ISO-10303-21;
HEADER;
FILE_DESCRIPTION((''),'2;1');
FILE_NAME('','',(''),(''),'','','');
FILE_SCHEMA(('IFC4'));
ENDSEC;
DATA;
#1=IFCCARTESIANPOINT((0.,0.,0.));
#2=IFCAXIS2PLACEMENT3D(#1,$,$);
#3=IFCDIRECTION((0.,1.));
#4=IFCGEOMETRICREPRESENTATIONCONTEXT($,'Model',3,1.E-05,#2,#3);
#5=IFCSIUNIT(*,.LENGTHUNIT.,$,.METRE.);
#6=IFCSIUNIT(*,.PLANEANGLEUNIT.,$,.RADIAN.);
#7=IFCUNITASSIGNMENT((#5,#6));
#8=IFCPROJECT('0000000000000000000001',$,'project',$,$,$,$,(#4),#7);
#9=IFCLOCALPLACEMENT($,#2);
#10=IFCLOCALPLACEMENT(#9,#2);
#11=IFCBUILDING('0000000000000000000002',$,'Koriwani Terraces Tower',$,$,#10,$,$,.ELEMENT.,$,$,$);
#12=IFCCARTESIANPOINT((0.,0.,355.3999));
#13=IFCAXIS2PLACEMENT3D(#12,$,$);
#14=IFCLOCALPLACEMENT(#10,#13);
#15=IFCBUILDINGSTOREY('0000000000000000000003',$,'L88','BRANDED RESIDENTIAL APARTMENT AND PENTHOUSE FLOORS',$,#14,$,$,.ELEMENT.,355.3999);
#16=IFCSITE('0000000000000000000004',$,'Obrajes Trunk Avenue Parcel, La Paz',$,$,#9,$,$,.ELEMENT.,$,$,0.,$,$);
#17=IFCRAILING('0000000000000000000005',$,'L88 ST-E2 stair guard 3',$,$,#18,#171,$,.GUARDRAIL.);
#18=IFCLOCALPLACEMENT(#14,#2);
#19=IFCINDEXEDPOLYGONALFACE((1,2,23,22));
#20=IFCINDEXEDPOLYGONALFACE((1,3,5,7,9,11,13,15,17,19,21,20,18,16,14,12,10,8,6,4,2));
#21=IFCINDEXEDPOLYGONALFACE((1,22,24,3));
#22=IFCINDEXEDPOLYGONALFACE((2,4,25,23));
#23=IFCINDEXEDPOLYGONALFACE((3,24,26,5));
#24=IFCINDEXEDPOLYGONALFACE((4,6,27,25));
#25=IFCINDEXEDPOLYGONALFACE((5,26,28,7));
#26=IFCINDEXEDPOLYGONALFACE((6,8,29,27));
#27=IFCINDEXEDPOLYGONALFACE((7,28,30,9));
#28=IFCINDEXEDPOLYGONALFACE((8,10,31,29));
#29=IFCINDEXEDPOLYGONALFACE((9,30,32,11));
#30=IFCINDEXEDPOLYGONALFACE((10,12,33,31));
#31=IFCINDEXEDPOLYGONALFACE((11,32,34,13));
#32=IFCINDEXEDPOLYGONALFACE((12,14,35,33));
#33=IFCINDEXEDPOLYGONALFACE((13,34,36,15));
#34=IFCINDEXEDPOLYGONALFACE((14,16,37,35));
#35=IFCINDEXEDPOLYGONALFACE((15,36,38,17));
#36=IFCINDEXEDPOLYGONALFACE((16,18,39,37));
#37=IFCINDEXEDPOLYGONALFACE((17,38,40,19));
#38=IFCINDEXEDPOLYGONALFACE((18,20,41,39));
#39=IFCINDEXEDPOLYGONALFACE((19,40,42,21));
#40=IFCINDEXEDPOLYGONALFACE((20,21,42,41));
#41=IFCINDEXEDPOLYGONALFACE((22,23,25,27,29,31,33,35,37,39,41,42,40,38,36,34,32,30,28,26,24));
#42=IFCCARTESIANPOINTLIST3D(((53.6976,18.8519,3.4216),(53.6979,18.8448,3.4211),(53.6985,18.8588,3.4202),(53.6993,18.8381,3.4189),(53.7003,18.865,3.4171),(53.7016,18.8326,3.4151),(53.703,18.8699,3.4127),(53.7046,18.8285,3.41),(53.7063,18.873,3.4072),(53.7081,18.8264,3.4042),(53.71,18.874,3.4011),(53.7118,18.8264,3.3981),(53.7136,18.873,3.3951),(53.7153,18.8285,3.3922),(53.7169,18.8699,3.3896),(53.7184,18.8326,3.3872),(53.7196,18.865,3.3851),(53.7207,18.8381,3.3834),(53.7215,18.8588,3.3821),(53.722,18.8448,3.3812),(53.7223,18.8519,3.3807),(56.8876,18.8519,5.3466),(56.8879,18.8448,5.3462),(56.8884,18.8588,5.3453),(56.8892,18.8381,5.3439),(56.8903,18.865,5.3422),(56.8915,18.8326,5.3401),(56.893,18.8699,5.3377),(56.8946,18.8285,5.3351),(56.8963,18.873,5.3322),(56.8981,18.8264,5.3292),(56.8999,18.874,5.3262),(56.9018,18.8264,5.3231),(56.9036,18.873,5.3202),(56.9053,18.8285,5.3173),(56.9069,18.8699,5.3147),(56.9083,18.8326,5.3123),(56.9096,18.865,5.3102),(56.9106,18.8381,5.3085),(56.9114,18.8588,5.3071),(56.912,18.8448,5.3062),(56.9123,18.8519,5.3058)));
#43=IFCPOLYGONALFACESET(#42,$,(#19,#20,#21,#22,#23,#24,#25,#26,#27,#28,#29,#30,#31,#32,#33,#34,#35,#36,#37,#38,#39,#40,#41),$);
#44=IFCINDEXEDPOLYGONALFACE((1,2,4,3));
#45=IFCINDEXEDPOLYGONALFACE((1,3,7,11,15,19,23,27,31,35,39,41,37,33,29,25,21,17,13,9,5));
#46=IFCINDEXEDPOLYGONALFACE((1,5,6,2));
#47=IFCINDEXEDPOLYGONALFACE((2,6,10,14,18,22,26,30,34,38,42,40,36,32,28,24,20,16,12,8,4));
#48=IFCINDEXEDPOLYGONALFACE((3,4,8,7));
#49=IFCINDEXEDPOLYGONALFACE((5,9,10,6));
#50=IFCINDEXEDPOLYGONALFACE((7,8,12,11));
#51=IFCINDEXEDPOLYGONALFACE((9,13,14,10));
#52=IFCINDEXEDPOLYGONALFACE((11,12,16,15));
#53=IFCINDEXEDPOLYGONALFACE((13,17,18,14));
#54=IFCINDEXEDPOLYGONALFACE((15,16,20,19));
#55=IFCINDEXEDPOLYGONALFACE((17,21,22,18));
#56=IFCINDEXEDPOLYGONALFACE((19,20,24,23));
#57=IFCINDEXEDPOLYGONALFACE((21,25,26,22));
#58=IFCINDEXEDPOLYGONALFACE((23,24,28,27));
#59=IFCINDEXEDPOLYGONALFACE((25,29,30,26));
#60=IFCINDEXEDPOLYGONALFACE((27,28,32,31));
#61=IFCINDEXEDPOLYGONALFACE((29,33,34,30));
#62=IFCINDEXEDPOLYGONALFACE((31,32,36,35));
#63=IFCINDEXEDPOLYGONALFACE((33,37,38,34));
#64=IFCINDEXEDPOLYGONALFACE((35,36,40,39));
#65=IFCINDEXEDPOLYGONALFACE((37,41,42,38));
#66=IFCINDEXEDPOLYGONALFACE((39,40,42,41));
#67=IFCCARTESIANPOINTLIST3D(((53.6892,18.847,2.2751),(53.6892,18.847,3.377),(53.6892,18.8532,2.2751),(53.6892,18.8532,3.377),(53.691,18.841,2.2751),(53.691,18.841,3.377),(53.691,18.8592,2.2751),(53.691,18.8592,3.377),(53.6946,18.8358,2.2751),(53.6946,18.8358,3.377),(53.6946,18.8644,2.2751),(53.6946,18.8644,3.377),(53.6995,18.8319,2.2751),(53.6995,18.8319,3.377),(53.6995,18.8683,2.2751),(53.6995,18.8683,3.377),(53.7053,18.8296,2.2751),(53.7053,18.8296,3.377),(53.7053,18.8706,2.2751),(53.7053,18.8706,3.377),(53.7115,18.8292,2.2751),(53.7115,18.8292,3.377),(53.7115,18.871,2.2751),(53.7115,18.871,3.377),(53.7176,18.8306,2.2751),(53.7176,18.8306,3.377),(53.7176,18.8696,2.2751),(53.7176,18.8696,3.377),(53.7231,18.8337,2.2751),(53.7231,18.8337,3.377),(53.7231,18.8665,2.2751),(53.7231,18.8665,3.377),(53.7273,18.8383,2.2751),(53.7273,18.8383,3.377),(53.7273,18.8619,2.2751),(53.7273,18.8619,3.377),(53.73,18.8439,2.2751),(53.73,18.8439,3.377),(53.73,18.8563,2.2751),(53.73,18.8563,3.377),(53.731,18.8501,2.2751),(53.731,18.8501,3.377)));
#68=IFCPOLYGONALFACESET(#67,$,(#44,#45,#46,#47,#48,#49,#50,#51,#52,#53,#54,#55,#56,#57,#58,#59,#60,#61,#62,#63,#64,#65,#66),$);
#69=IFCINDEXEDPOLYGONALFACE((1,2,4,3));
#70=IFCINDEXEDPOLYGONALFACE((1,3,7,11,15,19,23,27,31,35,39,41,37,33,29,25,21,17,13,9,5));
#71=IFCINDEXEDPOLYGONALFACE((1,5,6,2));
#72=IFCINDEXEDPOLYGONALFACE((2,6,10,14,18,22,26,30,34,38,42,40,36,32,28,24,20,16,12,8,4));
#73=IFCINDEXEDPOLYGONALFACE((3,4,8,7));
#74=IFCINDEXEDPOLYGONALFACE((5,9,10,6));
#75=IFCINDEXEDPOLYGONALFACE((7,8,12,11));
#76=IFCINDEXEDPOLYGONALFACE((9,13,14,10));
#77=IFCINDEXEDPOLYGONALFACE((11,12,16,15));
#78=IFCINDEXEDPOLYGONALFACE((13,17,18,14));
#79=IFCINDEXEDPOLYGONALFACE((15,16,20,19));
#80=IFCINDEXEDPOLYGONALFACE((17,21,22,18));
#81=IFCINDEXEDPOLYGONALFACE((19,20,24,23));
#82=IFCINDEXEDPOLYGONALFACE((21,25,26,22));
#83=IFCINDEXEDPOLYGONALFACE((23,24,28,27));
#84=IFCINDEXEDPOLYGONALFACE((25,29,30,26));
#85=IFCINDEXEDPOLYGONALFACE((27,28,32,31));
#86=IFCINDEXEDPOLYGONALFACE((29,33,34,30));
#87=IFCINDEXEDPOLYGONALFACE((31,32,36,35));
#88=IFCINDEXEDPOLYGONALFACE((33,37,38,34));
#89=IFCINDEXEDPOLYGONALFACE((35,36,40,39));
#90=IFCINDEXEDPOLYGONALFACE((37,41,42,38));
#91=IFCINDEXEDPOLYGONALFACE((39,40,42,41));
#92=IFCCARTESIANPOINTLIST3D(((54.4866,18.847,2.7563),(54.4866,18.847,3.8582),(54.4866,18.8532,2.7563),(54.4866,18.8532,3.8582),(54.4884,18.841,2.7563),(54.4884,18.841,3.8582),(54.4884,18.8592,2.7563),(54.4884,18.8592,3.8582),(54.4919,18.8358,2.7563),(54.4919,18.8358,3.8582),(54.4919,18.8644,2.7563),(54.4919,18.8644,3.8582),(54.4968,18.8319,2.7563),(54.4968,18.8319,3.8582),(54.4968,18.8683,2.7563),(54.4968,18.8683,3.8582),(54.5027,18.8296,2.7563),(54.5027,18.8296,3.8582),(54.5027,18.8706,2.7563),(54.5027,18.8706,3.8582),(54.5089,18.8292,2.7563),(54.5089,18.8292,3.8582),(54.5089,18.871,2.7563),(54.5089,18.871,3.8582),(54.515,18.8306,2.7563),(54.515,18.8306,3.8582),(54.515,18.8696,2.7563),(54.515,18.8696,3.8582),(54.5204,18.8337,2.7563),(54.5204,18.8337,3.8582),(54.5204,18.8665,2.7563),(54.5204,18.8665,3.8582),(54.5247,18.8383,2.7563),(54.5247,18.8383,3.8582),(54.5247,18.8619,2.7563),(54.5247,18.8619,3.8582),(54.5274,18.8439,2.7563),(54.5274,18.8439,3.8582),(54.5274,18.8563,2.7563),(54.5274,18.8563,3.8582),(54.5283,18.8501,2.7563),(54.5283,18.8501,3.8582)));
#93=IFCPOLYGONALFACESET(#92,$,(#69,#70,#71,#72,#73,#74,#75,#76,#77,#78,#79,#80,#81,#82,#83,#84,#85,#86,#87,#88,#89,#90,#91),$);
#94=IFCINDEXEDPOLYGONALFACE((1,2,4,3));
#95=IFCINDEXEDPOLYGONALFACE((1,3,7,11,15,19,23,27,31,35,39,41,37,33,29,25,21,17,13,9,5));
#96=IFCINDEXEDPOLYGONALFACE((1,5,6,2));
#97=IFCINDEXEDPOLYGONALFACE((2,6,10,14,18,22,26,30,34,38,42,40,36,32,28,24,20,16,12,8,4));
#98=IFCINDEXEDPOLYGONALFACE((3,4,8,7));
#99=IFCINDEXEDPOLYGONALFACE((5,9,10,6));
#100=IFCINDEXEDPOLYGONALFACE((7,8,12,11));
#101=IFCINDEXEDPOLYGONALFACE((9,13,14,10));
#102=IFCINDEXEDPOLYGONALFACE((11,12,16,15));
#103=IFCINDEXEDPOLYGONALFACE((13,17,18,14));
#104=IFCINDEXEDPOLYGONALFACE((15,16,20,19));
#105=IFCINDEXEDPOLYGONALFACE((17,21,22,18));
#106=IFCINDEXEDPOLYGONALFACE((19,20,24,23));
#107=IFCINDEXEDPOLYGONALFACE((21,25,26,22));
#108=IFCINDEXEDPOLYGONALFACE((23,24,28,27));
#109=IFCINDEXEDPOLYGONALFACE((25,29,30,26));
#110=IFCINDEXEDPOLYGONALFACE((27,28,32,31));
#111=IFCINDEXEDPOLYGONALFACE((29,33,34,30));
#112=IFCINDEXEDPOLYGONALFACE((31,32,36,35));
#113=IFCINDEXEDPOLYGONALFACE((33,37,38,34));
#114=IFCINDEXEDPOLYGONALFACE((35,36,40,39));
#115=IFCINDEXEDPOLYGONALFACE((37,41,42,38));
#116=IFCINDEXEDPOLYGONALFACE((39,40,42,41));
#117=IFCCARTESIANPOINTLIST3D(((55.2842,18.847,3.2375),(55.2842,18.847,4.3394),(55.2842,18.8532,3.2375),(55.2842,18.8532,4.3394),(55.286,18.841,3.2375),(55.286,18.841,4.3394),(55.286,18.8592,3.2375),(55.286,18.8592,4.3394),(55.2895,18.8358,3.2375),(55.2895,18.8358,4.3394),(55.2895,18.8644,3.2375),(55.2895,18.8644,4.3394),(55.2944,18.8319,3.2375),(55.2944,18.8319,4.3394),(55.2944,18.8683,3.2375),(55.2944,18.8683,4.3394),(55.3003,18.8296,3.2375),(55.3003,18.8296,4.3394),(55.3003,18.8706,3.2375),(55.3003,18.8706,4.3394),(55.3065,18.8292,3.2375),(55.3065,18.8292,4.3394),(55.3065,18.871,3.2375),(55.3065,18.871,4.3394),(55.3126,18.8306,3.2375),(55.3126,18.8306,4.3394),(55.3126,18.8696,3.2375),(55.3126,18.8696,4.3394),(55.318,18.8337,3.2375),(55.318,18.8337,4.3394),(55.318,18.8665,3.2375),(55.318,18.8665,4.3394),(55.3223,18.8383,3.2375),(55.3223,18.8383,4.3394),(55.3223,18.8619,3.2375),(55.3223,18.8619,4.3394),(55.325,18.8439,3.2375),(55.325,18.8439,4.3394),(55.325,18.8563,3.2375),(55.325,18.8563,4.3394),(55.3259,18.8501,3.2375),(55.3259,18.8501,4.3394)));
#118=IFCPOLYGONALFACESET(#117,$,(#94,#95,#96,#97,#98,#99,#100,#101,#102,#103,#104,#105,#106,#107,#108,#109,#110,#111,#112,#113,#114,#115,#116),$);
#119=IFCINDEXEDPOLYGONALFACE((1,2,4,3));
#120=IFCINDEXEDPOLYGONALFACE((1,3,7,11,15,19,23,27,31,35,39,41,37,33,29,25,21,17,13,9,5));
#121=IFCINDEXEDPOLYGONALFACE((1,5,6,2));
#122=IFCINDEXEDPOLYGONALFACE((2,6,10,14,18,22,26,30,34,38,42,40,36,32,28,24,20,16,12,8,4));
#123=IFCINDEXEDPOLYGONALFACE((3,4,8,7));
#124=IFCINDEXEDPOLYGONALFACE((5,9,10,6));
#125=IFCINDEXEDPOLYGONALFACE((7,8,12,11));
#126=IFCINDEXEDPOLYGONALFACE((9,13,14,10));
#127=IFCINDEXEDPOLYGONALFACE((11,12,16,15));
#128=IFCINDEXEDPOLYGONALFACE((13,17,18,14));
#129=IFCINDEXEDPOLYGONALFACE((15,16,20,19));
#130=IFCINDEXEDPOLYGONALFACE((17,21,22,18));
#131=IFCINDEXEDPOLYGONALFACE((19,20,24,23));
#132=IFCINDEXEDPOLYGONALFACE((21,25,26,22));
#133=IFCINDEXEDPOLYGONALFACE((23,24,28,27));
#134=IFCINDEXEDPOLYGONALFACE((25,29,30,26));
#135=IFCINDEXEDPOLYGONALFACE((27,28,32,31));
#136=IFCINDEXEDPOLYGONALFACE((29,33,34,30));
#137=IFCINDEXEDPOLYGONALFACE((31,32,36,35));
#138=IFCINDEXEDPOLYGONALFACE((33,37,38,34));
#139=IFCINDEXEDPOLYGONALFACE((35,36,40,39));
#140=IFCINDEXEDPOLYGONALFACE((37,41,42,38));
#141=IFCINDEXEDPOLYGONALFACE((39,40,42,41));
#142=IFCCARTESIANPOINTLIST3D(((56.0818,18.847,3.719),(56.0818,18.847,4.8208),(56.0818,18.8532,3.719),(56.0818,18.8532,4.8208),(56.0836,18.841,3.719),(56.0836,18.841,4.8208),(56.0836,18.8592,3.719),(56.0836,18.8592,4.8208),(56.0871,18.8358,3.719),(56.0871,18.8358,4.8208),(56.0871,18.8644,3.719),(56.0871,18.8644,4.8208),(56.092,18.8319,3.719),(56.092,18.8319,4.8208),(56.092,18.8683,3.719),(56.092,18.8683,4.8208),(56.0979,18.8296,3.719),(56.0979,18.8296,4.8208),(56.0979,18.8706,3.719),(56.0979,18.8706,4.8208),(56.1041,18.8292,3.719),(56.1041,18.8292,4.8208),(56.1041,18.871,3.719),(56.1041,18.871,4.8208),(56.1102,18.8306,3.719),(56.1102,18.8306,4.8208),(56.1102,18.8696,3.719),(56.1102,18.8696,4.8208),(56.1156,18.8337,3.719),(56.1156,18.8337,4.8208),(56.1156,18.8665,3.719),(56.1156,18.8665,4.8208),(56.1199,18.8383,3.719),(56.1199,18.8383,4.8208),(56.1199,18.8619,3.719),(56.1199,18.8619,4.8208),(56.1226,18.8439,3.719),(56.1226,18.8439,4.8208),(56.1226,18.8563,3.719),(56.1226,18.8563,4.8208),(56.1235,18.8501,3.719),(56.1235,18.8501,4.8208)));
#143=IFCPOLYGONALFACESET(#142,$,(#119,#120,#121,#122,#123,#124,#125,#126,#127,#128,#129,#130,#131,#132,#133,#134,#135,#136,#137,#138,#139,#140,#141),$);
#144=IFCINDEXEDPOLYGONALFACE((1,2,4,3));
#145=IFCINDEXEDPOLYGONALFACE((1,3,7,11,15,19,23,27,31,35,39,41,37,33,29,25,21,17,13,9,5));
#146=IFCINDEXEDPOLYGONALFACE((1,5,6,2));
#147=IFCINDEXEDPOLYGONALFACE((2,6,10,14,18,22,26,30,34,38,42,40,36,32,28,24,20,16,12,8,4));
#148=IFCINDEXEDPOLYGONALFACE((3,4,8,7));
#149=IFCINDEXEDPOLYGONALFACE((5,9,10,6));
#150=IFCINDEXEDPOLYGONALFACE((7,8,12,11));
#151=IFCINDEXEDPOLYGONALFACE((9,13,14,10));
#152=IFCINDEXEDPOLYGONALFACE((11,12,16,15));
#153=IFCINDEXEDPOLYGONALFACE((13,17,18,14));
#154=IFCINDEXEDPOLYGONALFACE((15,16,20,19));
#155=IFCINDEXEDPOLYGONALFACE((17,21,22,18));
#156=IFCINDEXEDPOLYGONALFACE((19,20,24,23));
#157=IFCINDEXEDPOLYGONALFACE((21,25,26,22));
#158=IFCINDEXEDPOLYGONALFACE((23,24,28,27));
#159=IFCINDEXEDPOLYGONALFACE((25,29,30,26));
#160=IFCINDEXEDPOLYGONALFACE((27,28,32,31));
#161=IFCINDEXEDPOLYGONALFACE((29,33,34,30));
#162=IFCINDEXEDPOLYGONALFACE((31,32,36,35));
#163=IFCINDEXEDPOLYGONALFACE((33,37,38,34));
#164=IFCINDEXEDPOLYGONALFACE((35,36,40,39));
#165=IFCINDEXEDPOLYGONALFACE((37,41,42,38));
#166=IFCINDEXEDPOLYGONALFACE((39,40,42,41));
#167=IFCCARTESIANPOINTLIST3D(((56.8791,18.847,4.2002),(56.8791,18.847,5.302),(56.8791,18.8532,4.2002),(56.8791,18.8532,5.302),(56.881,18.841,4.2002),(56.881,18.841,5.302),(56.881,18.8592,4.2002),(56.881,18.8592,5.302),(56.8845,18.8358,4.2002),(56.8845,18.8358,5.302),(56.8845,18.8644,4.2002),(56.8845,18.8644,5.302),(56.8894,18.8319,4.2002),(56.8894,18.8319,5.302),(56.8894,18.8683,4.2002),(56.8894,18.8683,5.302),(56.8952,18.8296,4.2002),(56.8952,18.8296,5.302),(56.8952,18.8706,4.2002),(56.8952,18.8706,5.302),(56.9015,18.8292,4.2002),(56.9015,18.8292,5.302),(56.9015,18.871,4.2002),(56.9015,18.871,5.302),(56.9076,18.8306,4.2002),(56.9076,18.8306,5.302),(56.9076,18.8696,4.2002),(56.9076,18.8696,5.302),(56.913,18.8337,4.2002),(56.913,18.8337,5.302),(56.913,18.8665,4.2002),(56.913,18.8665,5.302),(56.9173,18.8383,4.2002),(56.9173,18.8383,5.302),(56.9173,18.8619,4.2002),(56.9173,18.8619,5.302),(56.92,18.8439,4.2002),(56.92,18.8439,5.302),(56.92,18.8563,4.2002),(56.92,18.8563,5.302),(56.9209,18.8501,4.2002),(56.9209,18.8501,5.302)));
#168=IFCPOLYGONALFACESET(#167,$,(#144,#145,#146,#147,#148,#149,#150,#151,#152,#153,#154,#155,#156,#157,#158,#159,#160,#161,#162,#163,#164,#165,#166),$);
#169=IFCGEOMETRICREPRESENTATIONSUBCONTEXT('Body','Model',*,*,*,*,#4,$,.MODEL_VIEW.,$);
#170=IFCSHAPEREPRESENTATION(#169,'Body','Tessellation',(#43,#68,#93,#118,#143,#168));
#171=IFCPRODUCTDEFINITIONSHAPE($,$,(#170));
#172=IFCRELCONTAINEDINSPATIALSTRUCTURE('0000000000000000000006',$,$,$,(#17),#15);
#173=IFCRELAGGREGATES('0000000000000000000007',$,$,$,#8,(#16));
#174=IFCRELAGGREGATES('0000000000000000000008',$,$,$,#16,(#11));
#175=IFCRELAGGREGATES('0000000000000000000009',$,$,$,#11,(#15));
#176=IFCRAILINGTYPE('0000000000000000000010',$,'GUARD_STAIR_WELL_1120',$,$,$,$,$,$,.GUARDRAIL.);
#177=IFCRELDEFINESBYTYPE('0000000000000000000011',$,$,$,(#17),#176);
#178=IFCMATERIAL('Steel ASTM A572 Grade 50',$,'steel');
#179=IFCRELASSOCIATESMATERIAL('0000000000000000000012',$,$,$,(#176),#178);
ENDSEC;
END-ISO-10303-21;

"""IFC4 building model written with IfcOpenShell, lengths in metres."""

from ifc_helpers import new_model, si_unit, direction, frame, origin, origin_2d, place, context, subcontext, project, spatial, circle, extrude, material, type_object, element, save


model = new_model("IFC4")

# Units and contexts
model_context = context("Model", 3, precision=1e-05, world=origin(), true_north=direction((0.0, 1.0)))
body_context = subcontext(model_context, "Body", "Model", "MODEL_VIEW")
ifc_project = project(units=[si_unit("LENGTHUNIT", "METRE"), si_unit("PLANEANGLEUNIT", "RADIAN")], contexts=[model_context])

# Site, building, storey
site_placement = place(None, origin())
site = spatial("IfcSite", under=ifc_project, at=site_placement, Name="Obrajes Trunk Avenue Parcel, La Paz", CompositionType="ELEMENT", RefElevation=0.0)
building_placement = place(site_placement, origin())
building = spatial("IfcBuilding", under=site, at=building_placement, Name="Koriwani Terraces Tower", CompositionType="ELEMENT")
storey_placement = place(building_placement, frame((0.0, 0.0, 355.3999)))
storey = spatial("IfcBuildingStorey", under=building, at=storey_placement, Name="L88", Description="BRANDED RESIDENTIAL APARTMENT AND PENTHOUSE FLOORS", CompositionType="ELEMENT", Elevation=355.3999)

# Shared definitions
ifc_material_1 = material(Name="Steel ASTM A572 Grade 50", Category="steel")

# Railing
railing_type_1 = type_object("IfcRailingType", Name="GUARD_STAIR_WELL_1120", PredefinedType="GUARDRAIL", material=ifc_material_1)
railing_1_placement = place(storey_placement, frame((53.71, 18.8501, 2.2751)))
element("IfcRailing", 1, at=railing_1_placement, inside=storey, type_object=railing_type_1, Name="L88 ST-E2 stair guard 3", PredefinedType="GUARDRAIL", context=body_context, shape_type="SweptSolid", body=[
    extrude(circle(Radius=0.0239, at=origin_2d()), frame((0.0, 0.0, 1.126), z_axis=(0.856178, 0.0, 0.516682), x_axis=(0.0, 1.0, 0.0)), (0.0, 0.0, 1.0), 3.7258),
    extrude(circle(Radius=0.021, at=origin_2d()), origin(), (0.0, 0.0, 1.0), 1.1018),
    extrude(circle(Radius=0.021, at=origin_2d()), frame((0.7974, 0.0, 0.4812)), (0.0, 0.0, 1.0), 1.1018),
    extrude(circle(Radius=0.021, at=origin_2d()), frame((1.595, 0.0, 0.9624)), (0.0, 0.0, 1.0), 1.1018),
    extrude(circle(Radius=0.021, at=origin_2d()), frame((2.3926, 0.0, 1.4438)), (0.0, 0.0, 1.0), 1.1018),
    extrude(circle(Radius=0.021, at=origin_2d()), frame((3.1899, 0.0, 1.925)), (0.0, 0.0, 1.0), 1.1018),
])

save(model, "model.ifc")
